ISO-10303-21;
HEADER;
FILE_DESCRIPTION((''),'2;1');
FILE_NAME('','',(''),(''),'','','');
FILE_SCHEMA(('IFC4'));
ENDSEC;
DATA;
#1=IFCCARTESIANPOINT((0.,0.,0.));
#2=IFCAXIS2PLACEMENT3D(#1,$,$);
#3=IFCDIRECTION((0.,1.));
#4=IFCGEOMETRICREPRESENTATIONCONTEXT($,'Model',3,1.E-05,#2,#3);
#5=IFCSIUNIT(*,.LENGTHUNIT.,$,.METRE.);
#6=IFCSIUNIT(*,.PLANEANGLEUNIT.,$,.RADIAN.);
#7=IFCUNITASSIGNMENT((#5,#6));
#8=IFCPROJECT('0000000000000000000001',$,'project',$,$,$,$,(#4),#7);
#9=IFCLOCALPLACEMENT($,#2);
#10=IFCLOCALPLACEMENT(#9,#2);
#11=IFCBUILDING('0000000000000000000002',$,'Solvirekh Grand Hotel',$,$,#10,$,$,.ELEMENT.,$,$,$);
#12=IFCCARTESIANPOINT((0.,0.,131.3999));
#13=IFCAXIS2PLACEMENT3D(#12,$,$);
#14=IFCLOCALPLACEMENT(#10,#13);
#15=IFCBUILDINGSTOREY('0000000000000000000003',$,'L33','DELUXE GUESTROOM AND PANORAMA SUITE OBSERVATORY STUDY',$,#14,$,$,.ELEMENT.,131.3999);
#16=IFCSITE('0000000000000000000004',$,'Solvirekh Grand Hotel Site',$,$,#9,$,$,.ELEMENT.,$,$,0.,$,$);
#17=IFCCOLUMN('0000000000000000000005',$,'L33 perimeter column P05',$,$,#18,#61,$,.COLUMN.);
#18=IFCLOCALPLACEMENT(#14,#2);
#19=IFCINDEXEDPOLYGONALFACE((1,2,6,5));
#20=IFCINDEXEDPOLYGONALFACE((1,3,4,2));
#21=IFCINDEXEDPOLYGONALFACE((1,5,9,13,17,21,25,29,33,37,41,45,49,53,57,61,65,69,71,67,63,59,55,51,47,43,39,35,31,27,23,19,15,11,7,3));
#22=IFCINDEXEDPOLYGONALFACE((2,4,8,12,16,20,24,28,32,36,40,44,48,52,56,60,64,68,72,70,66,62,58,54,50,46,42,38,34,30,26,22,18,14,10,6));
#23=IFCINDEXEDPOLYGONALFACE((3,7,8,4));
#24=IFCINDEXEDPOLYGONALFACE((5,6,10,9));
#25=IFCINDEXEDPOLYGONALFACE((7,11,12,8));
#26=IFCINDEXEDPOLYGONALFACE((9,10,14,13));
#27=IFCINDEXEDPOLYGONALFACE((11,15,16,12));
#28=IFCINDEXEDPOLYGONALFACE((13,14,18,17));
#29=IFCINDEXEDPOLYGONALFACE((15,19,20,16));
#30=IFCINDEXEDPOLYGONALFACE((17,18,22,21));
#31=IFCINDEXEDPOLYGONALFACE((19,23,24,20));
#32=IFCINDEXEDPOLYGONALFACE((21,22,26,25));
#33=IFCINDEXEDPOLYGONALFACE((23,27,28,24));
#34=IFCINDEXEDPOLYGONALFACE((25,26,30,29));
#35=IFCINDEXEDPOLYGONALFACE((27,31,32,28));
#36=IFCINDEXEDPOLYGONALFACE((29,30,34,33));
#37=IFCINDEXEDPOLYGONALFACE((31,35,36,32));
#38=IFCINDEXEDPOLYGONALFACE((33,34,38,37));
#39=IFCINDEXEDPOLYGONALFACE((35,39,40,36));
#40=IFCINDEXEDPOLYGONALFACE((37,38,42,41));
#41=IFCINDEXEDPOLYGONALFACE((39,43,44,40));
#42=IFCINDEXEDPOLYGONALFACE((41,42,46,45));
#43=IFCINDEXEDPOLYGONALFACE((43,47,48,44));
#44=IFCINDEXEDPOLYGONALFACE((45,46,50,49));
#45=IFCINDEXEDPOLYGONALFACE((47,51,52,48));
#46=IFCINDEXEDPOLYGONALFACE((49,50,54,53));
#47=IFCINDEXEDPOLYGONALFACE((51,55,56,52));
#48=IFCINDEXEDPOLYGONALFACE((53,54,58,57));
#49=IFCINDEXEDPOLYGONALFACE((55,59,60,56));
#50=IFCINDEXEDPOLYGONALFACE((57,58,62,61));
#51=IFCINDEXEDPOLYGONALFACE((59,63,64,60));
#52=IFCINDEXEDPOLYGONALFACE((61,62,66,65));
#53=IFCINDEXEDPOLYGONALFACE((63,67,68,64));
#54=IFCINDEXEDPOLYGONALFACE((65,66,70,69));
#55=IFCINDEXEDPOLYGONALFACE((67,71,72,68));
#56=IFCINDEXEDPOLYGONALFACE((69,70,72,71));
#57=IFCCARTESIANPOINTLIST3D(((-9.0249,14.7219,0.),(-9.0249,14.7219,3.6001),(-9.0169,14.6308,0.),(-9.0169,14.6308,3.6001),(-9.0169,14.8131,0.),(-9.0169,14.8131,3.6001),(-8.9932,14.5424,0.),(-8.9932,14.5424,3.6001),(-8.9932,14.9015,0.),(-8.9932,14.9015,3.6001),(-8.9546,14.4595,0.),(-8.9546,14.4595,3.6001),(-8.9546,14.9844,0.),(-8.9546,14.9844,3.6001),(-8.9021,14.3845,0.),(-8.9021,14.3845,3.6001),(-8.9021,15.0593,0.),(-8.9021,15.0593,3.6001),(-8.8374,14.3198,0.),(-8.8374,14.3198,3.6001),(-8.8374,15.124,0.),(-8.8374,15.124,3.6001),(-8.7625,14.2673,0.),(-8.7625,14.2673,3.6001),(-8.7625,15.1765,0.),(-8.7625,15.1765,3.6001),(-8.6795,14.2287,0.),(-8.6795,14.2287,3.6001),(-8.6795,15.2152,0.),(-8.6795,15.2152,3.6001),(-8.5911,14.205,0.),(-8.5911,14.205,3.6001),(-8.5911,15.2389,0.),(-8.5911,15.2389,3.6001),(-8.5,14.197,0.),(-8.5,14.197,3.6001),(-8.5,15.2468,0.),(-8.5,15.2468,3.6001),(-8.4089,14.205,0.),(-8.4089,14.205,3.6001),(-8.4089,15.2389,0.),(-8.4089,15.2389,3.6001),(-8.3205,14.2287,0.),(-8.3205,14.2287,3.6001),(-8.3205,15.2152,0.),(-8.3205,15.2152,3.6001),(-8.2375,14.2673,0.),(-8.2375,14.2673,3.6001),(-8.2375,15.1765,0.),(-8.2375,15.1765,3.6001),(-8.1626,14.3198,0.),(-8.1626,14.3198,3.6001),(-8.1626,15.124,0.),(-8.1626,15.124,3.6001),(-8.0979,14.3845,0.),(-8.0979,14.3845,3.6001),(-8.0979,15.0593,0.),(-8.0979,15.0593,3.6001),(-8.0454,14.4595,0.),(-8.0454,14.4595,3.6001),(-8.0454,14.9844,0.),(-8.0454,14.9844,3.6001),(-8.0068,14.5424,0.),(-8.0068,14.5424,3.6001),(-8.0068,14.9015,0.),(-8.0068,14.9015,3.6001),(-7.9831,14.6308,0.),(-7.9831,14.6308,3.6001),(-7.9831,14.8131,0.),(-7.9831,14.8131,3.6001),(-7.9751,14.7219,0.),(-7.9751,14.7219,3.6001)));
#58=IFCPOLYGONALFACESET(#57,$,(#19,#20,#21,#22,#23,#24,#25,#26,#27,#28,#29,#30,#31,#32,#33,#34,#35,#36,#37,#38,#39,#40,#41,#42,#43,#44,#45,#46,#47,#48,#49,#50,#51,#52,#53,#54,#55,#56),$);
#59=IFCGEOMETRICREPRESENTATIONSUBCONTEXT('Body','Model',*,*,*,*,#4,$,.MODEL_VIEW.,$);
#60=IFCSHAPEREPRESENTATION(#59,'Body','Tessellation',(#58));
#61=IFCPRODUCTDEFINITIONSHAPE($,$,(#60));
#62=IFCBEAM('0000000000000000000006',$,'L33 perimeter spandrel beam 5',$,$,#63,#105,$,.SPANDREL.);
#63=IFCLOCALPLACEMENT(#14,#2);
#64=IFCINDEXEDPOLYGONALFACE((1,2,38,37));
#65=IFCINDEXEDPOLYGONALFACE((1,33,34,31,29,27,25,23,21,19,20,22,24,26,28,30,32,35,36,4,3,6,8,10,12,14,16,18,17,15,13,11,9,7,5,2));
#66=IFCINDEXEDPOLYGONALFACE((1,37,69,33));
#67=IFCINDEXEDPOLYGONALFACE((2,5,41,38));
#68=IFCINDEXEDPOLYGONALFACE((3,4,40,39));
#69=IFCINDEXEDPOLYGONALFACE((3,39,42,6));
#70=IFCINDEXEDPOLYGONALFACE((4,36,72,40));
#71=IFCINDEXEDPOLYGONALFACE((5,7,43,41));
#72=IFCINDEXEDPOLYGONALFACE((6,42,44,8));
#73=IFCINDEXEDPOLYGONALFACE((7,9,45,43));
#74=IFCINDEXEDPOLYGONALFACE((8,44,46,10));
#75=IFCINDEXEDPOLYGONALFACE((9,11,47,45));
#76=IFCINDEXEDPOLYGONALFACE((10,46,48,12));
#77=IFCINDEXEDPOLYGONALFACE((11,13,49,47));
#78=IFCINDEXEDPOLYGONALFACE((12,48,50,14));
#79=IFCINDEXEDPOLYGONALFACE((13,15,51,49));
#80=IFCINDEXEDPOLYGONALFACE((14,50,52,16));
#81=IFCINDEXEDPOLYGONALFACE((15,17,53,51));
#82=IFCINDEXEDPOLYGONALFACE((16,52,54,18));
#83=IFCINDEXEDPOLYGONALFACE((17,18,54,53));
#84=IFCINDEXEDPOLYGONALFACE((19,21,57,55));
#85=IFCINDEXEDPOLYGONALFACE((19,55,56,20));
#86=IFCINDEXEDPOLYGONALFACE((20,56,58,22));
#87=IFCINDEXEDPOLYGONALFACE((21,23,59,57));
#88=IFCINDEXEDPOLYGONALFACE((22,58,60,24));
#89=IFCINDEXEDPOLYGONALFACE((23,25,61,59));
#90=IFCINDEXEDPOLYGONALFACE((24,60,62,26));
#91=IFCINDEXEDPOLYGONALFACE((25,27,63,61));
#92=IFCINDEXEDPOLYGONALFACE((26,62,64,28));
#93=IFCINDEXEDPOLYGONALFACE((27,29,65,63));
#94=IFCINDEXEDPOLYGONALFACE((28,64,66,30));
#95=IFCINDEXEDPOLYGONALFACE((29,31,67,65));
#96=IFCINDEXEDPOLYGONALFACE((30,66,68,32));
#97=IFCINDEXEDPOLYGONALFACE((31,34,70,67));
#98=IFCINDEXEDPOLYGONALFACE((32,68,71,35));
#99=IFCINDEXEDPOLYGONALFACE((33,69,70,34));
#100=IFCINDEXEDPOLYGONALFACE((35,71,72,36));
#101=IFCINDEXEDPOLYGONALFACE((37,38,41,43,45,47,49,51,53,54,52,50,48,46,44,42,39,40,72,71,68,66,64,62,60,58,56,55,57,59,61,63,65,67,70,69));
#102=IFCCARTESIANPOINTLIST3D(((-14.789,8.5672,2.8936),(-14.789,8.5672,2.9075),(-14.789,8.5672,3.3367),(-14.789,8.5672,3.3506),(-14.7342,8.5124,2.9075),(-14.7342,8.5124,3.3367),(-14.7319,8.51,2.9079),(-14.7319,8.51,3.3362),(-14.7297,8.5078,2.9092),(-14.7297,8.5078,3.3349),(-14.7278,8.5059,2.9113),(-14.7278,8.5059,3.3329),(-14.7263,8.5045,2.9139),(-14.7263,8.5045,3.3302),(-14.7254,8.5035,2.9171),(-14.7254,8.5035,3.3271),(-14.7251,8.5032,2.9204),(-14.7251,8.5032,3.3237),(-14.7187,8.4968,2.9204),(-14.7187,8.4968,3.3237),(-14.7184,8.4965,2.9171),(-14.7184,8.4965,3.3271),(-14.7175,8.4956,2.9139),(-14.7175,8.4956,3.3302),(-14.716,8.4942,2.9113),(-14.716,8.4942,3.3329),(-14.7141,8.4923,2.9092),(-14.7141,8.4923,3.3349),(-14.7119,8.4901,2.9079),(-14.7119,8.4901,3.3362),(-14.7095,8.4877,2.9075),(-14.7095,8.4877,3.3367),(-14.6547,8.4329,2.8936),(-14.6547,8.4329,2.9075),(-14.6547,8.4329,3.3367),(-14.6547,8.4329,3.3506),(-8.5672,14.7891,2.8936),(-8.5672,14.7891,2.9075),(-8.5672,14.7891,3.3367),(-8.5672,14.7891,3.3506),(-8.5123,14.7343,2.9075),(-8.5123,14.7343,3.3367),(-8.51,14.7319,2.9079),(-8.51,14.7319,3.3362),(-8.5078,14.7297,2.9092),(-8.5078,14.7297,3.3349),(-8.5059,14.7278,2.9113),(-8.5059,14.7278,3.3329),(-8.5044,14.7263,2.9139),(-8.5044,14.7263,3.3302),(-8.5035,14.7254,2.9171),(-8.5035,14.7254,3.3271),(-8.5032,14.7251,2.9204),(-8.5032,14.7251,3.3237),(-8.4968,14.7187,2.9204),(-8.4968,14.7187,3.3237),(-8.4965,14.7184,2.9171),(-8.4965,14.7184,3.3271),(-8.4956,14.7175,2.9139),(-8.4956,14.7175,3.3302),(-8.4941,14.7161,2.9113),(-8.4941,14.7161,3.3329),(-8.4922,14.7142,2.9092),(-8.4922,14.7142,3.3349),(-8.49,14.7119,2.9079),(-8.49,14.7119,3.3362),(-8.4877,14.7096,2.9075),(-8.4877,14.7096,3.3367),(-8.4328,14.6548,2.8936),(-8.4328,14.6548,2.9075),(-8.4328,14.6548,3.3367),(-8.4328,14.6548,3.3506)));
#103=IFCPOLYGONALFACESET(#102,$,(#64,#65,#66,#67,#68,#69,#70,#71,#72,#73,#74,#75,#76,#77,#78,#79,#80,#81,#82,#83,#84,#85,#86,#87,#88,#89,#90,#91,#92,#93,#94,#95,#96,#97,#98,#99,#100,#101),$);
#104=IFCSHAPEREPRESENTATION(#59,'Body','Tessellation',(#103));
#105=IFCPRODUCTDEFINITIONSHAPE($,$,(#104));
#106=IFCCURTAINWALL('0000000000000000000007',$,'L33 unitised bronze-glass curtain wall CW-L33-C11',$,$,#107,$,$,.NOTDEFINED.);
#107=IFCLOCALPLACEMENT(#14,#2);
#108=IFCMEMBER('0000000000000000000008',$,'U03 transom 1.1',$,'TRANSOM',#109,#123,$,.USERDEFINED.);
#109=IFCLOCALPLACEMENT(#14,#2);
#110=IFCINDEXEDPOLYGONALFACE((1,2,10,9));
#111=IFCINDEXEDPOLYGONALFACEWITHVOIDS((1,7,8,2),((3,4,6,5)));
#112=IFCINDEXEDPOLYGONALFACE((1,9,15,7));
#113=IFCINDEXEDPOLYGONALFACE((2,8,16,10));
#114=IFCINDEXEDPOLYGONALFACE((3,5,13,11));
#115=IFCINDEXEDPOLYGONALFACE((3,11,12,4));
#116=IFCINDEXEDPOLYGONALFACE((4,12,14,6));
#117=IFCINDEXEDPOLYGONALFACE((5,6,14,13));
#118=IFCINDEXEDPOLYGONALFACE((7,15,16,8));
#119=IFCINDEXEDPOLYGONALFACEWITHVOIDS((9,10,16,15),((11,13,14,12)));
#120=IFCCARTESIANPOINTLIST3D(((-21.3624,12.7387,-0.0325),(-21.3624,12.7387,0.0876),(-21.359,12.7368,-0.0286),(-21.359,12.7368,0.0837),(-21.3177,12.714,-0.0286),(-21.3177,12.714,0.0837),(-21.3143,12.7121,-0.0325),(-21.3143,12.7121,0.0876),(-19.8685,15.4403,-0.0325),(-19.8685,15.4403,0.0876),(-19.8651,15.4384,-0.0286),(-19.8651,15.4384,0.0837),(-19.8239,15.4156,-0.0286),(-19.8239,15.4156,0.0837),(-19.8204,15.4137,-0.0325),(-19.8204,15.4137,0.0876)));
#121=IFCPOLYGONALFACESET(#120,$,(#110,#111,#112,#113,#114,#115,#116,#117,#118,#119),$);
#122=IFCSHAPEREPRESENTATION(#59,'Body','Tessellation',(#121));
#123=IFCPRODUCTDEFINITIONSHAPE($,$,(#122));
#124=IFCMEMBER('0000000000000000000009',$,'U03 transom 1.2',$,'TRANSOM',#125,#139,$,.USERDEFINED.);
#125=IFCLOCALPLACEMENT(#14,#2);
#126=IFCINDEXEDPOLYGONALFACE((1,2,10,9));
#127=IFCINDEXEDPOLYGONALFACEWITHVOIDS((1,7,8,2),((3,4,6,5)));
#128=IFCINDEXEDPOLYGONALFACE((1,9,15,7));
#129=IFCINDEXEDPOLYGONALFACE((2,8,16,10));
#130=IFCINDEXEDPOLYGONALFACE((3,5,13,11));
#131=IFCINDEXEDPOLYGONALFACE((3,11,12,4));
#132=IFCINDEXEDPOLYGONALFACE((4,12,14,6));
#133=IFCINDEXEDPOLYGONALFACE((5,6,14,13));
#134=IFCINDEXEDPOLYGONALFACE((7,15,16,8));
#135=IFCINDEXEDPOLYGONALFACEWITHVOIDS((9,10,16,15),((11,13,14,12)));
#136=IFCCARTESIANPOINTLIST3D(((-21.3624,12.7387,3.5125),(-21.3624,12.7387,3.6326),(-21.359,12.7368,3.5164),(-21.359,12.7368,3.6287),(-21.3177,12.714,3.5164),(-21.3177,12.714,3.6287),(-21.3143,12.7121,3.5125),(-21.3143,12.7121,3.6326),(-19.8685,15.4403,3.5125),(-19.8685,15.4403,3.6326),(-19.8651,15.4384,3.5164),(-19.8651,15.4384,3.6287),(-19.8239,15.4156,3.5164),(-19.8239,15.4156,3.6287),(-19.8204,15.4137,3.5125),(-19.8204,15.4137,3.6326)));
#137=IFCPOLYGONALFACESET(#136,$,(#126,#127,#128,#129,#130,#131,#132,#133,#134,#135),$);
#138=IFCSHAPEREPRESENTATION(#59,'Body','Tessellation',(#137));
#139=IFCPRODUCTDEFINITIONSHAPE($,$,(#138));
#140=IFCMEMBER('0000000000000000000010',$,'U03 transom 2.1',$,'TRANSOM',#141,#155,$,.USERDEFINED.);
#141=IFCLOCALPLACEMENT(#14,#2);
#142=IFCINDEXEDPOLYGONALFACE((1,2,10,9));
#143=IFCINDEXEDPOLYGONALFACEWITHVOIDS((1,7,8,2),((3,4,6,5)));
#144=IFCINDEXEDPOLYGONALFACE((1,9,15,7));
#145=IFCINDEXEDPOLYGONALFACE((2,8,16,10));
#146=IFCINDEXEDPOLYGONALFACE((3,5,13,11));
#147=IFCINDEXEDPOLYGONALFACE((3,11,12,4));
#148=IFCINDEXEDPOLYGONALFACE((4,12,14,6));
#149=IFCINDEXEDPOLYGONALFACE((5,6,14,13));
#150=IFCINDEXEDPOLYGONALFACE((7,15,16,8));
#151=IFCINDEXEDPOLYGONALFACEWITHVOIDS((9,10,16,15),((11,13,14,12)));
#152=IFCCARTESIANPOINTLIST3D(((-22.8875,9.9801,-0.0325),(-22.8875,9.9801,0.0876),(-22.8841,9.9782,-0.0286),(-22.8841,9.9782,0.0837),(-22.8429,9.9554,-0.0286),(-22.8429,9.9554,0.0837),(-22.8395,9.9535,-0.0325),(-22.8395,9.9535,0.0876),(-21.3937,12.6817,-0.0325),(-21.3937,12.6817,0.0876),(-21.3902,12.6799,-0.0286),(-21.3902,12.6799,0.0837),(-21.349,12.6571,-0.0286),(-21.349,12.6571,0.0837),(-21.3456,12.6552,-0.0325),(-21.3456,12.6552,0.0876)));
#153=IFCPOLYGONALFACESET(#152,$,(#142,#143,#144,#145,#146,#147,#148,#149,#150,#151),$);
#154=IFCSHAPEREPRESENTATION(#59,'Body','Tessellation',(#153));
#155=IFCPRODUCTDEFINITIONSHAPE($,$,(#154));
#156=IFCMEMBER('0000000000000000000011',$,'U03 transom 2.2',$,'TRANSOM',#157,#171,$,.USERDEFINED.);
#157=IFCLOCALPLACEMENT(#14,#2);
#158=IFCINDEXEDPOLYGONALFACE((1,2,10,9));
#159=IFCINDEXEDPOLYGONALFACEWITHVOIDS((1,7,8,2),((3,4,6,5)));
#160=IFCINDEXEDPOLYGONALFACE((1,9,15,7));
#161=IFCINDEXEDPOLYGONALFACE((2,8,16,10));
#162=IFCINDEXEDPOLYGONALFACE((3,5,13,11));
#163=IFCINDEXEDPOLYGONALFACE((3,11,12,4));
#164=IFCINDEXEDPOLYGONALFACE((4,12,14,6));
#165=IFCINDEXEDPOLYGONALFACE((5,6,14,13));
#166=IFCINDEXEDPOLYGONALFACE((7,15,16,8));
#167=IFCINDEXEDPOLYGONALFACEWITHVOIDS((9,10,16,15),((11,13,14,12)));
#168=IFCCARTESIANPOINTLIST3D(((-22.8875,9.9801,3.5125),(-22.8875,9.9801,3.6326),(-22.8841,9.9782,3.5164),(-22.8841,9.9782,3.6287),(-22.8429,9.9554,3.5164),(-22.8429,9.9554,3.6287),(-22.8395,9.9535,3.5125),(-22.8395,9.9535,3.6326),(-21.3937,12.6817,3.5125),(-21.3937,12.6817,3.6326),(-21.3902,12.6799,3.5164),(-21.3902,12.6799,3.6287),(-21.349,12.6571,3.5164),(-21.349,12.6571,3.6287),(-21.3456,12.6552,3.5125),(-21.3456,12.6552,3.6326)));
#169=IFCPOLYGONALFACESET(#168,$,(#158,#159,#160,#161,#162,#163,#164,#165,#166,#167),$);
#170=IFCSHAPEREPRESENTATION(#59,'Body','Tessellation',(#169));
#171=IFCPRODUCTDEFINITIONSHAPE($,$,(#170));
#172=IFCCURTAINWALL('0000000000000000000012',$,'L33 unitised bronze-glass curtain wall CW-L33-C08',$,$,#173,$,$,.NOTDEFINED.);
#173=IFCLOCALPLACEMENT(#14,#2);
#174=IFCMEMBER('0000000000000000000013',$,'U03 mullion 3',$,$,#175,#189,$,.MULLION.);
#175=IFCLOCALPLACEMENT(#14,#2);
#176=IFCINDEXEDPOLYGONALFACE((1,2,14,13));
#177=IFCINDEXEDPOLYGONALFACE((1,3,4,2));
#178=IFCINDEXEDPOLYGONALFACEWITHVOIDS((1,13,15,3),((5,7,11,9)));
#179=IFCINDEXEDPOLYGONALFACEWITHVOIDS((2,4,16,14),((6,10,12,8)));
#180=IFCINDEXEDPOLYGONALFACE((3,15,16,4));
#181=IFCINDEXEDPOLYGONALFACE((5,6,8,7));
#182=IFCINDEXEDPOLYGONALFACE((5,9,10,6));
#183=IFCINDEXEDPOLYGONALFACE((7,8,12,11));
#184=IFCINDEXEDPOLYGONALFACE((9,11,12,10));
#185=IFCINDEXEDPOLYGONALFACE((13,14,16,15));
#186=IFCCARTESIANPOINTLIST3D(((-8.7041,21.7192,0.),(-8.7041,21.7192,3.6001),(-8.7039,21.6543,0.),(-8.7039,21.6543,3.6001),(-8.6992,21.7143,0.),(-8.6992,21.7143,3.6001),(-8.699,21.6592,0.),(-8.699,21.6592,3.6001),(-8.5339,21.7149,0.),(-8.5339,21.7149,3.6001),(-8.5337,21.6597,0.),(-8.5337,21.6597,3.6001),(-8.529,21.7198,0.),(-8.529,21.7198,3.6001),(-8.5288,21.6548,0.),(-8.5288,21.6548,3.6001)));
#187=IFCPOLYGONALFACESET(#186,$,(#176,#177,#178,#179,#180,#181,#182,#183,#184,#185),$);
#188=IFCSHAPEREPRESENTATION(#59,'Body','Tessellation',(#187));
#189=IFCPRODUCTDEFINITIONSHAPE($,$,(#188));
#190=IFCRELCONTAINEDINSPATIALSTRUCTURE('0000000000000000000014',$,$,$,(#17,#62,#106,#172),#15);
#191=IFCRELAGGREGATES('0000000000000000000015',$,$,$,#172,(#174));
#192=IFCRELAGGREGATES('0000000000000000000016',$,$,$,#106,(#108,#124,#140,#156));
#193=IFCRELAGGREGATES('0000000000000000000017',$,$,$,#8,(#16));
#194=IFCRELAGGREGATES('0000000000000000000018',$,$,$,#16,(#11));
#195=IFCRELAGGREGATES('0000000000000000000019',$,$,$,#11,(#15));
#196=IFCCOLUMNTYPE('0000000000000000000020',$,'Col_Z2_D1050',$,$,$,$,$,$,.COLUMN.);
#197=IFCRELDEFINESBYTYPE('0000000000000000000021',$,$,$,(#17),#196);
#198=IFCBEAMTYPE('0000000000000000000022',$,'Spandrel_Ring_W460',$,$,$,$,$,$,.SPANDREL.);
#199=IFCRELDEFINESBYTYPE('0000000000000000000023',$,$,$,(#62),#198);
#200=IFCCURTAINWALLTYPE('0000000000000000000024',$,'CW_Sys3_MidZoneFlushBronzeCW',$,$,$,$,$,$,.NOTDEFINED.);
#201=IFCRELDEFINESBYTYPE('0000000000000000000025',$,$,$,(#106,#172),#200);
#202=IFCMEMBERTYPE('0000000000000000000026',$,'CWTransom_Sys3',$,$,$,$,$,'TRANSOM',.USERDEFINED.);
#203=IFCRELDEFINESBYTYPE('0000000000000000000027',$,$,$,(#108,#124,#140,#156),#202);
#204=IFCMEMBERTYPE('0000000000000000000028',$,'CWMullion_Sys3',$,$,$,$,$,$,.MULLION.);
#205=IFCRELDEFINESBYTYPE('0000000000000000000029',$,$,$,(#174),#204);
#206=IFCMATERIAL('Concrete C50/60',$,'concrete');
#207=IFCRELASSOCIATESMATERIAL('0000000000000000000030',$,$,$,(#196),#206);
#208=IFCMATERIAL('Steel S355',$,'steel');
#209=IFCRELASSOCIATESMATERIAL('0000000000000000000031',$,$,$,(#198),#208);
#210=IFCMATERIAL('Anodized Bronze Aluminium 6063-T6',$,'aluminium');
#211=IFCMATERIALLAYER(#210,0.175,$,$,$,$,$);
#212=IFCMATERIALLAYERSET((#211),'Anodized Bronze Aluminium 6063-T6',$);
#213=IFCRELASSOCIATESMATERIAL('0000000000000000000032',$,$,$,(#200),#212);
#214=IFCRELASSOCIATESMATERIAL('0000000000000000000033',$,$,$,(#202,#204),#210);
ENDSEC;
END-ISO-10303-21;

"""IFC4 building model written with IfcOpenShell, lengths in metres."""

from ifc_helpers import new_model, si_unit, direction, frame, origin, origin_2d, place, context, subcontext, project, spatial, hollow_rectangle, circle, i_section, extrude, source, transform, mapped, material, layer, layer_set, material_profile, profile_set, type_object, element, aggregate, save


model = new_model("IFC4")

# Units and contexts
model_context = context("Model", 3, precision=1e-05, world=origin(), true_north=direction((0.0, 1.0)))
body_context = subcontext(model_context, "Body", "Model", "MODEL_VIEW")
ifc_project = project(units=[si_unit("LENGTHUNIT", "METRE"), si_unit("PLANEANGLEUNIT", "RADIAN")], contexts=[model_context])

# Site, building, storey
site_placement = place(None, origin())
site = spatial("IfcSite", under=ifc_project, at=site_placement, Name="Solvirekh Grand Hotel Site", CompositionType="ELEMENT", RefElevation=0.0)
building_placement = place(site_placement, origin())
building = spatial("IfcBuilding", under=site, at=building_placement, Name="Solvirekh Grand Hotel", CompositionType="ELEMENT")
storey_placement = place(building_placement, frame((0.0, 0.0, 131.3999)))
storey = spatial("IfcBuildingStorey", under=building, at=storey_placement, Name="L33", Description="DELUXE GUESTROOM AND PANORAMA SUITE OBSERVATORY STUDY", CompositionType="ELEMENT", Elevation=131.3999)

# Column
ifc_material_1 = material(Name="Concrete C50/60", Category="concrete")
ifc_material_profile_1 = material_profile(ifc_material_1, circle(Radius=0.5249, at=origin_2d()), Name="RC CIRC D1050")
ifc_profile_set_1 = profile_set([ifc_material_profile_1], Name="Concrete C50/60")
column_type = type_object("IfcColumnType", Name="Col_Z2_D1050", PredefinedType="COLUMN", material=ifc_profile_set_1)
column_placement = place(storey_placement, frame((-8.5, 14.7219, 0.0), z_axis=(0.0, 0.0, 1.0), x_axis=(1.0, 0.0, 0.0)))
element("IfcColumn", 1, at=column_placement, inside=storey, type_object=column_type, Name="L33 perimeter column P05", PredefinedType="COLUMN", context=body_context, shape_type="SweptSolid", body=[
    extrude(circle(Radius=0.5249, at=origin_2d()), origin(), (0.0, 0.0, 1.0), 3.6001),
])

# Beam
ifc_material_2 = material(Name="Steel S355", Category="steel")
ifc_material_profile_2 = material_profile(ifc_material_2, i_section(OverallWidth=0.1899, OverallDepth=0.457, WebThickness=0.009, FlangeThickness=0.0139, FilletRadius=0.0129, at=origin_2d()), Name="W460X74")
ifc_profile_set_2 = profile_set([ifc_material_profile_2], Name="Steel S355")
beam_type = type_object("IfcBeamType", Name="Spandrel_Ring_W460", PredefinedType="SPANDREL", material=ifc_profile_set_2)
beam_placement = place(storey_placement, frame((-8.5, 14.7219, 3.1221), z_axis=(-0.707107, -0.707107, 0.0), x_axis=(0.707107, -0.707107, 0.0)))
element("IfcBeam", 2, at=beam_placement, inside=storey, type_object=beam_type, Name="L33 perimeter spandrel beam 5", PredefinedType="SPANDREL", context=body_context, shape_type="SweptSolid", body=[
    extrude(i_section(OverallWidth=0.1899, OverallDepth=0.457, WebThickness=0.009, FlangeThickness=0.0139, FilletRadius=0.0129, at=origin_2d()), origin(), (0.0, 0.0, 1.0), 8.7991),
])

# Curtain wall, members
ifc_material_3 = material(Name="Anodized Bronze Aluminium 6063-T6", Category="aluminium")
ifc_layer_1 = layer(ifc_material_3, 0.175)
ifc_layer_set_1 = layer_set([ifc_layer_1], Name="Anodized Bronze Aluminium 6063-T6")
curtain_wall_type = type_object("IfcCurtainWallType", Name="CW_Sys3_MidZoneFlushBronzeCW", PredefinedType="NOTDEFINED", material=ifc_layer_set_1)
curtain_wall_1_placement = place(storey_placement, origin())
curtain_wall_1 = element("IfcCurtainWall", 3, at=curtain_wall_1_placement, inside=storey, type_object=curtain_wall_type, Name="L33 unitised bronze-glass curtain wall CW-L33-C11", PredefinedType="NOTDEFINED")
ifc_material_profile_3 = material_profile(ifc_material_3, hollow_rectangle(XDim=0.0549, YDim=0.1201, WallThickness=0.0039, at=origin_2d()), Name="ALU RHS 120X55X4")
ifc_profile_set_3 = profile_set([ifc_material_profile_3], Name="Anodized Bronze Aluminium 6063-T6")
member_type_1 = type_object("IfcMemberType", Name="CWTransom_Sys3", ElementType="TRANSOM", PredefinedType="USERDEFINED", material=ifc_profile_set_3)
shared_shape_1 = source(origin(), body_context, "Body", "SweptSolid", [
    extrude(hollow_rectangle(XDim=0.0549, YDim=0.1201, WallThickness=0.0039, at=origin_2d()), origin(), (0.0, 0.0, 1.0), 3.0872),
])
member_1_placement = place(storey_placement, frame((-19.8445, 15.427, 0.0276), z_axis=(-0.483903, -0.875122, 0.0), x_axis=(0.875122, -0.483903, 0.0)))
member_1 = element("IfcMember", 4, at=member_1_placement, type_object=member_type_1, Name="U03 transom 1.1", ObjectType="TRANSOM", PredefinedType="USERDEFINED", context=body_context, shape_type="MappedRepresentation", body=[
    mapped(shared_shape_1, transform((0.0, 0.0, 0.0), x_axis=(1.0, 0.0, 0.0), y_axis=(0.0, 1.0, 0.0), z_axis=(0.0, 0.0, 1.0), scale=1.0)),
])
member_2_placement = place(storey_placement, frame((-19.8445, 15.427, 3.5725), z_axis=(-0.483903, -0.875122, 0.0), x_axis=(0.875122, -0.483903, 0.0)))
member_2 = element("IfcMember", 5, at=member_2_placement, type_object=member_type_1, Name="U03 transom 1.2", ObjectType="TRANSOM", PredefinedType="USERDEFINED", context=body_context, shape_type="MappedRepresentation", body=[
    mapped(shared_shape_1, transform((0.0, 0.0, 0.0), x_axis=(1.0, 0.0, 0.0), y_axis=(0.0, 1.0, 0.0), z_axis=(0.0, 0.0, 1.0), scale=1.0)),
])
member_3_placement = place(storey_placement, frame((-21.3696, 12.6685, 0.0276), z_axis=(-0.483903, -0.875122, 0.0), x_axis=(0.875122, -0.483903, 0.0)))
member_3 = element("IfcMember", 6, at=member_3_placement, type_object=member_type_1, Name="U03 transom 2.1", ObjectType="TRANSOM", PredefinedType="USERDEFINED", context=body_context, shape_type="MappedRepresentation", body=[
    mapped(shared_shape_1, transform((0.0, 0.0, 0.0), x_axis=(1.0, 0.0, 0.0), y_axis=(0.0, 1.0, 0.0), z_axis=(0.0, 0.0, 1.0), scale=1.0)),
])
member_4_placement = place(storey_placement, frame((-21.3696, 12.6685, 3.5725), z_axis=(-0.483903, -0.875122, 0.0), x_axis=(0.875122, -0.483903, 0.0)))
member_4 = element("IfcMember", 7, at=member_4_placement, type_object=member_type_1, Name="U03 transom 2.2", ObjectType="TRANSOM", PredefinedType="USERDEFINED", context=body_context, shape_type="MappedRepresentation", body=[
    mapped(shared_shape_1, transform((0.0, 0.0, 0.0), x_axis=(1.0, 0.0, 0.0), y_axis=(0.0, 1.0, 0.0), z_axis=(0.0, 0.0, 1.0), scale=1.0)),
])

# Curtain wall, member
curtain_wall_2_placement = place(storey_placement, origin())
curtain_wall_2 = element("IfcCurtainWall", 8, at=curtain_wall_2_placement, inside=storey, type_object=curtain_wall_type, Name="L33 unitised bronze-glass curtain wall CW-L33-C08", PredefinedType="NOTDEFINED")
ifc_material_profile_4 = material_profile(ifc_material_3, hollow_rectangle(XDim=0.0649, YDim=0.175, WallThickness=0.0049, at=origin_2d()), Name="ALU RHS 175X65X5")
ifc_profile_set_4 = profile_set([ifc_material_profile_4], Name="Anodized Bronze Aluminium 6063-T6")
member_type_2 = type_object("IfcMemberType", Name="CWMullion_Sys3", PredefinedType="MULLION", material=ifc_profile_set_4)
shared_shape_2 = source(origin(), body_context, "Body", "SweptSolid", [
    extrude(hollow_rectangle(XDim=0.0649, YDim=0.175, WallThickness=0.0049, at=origin_2d()), origin(), (0.0, 0.0, 1.0), 3.6001),
])
member_5_placement = place(storey_placement, frame((-8.6165, 21.687, 0.0), z_axis=(0.0, 0.0, 1.0), x_axis=(0.003148, -0.999995, 0.0)))
member_5 = element("IfcMember", 9, at=member_5_placement, type_object=member_type_2, Name="U03 mullion 3", PredefinedType="MULLION", context=body_context, shape_type="MappedRepresentation", body=[
    mapped(shared_shape_2, transform((0.0, 0.0, 0.0), x_axis=(1.0, 0.0, 0.0), y_axis=(0.0, 1.0, 0.0), z_axis=(0.0, 0.0, 1.0), scale=1.0)),
])
aggregate(curtain_wall_2, [member_5])

aggregate(curtain_wall_1, [member_1, member_2, member_3, member_4])

save(model, "model.ifc")
